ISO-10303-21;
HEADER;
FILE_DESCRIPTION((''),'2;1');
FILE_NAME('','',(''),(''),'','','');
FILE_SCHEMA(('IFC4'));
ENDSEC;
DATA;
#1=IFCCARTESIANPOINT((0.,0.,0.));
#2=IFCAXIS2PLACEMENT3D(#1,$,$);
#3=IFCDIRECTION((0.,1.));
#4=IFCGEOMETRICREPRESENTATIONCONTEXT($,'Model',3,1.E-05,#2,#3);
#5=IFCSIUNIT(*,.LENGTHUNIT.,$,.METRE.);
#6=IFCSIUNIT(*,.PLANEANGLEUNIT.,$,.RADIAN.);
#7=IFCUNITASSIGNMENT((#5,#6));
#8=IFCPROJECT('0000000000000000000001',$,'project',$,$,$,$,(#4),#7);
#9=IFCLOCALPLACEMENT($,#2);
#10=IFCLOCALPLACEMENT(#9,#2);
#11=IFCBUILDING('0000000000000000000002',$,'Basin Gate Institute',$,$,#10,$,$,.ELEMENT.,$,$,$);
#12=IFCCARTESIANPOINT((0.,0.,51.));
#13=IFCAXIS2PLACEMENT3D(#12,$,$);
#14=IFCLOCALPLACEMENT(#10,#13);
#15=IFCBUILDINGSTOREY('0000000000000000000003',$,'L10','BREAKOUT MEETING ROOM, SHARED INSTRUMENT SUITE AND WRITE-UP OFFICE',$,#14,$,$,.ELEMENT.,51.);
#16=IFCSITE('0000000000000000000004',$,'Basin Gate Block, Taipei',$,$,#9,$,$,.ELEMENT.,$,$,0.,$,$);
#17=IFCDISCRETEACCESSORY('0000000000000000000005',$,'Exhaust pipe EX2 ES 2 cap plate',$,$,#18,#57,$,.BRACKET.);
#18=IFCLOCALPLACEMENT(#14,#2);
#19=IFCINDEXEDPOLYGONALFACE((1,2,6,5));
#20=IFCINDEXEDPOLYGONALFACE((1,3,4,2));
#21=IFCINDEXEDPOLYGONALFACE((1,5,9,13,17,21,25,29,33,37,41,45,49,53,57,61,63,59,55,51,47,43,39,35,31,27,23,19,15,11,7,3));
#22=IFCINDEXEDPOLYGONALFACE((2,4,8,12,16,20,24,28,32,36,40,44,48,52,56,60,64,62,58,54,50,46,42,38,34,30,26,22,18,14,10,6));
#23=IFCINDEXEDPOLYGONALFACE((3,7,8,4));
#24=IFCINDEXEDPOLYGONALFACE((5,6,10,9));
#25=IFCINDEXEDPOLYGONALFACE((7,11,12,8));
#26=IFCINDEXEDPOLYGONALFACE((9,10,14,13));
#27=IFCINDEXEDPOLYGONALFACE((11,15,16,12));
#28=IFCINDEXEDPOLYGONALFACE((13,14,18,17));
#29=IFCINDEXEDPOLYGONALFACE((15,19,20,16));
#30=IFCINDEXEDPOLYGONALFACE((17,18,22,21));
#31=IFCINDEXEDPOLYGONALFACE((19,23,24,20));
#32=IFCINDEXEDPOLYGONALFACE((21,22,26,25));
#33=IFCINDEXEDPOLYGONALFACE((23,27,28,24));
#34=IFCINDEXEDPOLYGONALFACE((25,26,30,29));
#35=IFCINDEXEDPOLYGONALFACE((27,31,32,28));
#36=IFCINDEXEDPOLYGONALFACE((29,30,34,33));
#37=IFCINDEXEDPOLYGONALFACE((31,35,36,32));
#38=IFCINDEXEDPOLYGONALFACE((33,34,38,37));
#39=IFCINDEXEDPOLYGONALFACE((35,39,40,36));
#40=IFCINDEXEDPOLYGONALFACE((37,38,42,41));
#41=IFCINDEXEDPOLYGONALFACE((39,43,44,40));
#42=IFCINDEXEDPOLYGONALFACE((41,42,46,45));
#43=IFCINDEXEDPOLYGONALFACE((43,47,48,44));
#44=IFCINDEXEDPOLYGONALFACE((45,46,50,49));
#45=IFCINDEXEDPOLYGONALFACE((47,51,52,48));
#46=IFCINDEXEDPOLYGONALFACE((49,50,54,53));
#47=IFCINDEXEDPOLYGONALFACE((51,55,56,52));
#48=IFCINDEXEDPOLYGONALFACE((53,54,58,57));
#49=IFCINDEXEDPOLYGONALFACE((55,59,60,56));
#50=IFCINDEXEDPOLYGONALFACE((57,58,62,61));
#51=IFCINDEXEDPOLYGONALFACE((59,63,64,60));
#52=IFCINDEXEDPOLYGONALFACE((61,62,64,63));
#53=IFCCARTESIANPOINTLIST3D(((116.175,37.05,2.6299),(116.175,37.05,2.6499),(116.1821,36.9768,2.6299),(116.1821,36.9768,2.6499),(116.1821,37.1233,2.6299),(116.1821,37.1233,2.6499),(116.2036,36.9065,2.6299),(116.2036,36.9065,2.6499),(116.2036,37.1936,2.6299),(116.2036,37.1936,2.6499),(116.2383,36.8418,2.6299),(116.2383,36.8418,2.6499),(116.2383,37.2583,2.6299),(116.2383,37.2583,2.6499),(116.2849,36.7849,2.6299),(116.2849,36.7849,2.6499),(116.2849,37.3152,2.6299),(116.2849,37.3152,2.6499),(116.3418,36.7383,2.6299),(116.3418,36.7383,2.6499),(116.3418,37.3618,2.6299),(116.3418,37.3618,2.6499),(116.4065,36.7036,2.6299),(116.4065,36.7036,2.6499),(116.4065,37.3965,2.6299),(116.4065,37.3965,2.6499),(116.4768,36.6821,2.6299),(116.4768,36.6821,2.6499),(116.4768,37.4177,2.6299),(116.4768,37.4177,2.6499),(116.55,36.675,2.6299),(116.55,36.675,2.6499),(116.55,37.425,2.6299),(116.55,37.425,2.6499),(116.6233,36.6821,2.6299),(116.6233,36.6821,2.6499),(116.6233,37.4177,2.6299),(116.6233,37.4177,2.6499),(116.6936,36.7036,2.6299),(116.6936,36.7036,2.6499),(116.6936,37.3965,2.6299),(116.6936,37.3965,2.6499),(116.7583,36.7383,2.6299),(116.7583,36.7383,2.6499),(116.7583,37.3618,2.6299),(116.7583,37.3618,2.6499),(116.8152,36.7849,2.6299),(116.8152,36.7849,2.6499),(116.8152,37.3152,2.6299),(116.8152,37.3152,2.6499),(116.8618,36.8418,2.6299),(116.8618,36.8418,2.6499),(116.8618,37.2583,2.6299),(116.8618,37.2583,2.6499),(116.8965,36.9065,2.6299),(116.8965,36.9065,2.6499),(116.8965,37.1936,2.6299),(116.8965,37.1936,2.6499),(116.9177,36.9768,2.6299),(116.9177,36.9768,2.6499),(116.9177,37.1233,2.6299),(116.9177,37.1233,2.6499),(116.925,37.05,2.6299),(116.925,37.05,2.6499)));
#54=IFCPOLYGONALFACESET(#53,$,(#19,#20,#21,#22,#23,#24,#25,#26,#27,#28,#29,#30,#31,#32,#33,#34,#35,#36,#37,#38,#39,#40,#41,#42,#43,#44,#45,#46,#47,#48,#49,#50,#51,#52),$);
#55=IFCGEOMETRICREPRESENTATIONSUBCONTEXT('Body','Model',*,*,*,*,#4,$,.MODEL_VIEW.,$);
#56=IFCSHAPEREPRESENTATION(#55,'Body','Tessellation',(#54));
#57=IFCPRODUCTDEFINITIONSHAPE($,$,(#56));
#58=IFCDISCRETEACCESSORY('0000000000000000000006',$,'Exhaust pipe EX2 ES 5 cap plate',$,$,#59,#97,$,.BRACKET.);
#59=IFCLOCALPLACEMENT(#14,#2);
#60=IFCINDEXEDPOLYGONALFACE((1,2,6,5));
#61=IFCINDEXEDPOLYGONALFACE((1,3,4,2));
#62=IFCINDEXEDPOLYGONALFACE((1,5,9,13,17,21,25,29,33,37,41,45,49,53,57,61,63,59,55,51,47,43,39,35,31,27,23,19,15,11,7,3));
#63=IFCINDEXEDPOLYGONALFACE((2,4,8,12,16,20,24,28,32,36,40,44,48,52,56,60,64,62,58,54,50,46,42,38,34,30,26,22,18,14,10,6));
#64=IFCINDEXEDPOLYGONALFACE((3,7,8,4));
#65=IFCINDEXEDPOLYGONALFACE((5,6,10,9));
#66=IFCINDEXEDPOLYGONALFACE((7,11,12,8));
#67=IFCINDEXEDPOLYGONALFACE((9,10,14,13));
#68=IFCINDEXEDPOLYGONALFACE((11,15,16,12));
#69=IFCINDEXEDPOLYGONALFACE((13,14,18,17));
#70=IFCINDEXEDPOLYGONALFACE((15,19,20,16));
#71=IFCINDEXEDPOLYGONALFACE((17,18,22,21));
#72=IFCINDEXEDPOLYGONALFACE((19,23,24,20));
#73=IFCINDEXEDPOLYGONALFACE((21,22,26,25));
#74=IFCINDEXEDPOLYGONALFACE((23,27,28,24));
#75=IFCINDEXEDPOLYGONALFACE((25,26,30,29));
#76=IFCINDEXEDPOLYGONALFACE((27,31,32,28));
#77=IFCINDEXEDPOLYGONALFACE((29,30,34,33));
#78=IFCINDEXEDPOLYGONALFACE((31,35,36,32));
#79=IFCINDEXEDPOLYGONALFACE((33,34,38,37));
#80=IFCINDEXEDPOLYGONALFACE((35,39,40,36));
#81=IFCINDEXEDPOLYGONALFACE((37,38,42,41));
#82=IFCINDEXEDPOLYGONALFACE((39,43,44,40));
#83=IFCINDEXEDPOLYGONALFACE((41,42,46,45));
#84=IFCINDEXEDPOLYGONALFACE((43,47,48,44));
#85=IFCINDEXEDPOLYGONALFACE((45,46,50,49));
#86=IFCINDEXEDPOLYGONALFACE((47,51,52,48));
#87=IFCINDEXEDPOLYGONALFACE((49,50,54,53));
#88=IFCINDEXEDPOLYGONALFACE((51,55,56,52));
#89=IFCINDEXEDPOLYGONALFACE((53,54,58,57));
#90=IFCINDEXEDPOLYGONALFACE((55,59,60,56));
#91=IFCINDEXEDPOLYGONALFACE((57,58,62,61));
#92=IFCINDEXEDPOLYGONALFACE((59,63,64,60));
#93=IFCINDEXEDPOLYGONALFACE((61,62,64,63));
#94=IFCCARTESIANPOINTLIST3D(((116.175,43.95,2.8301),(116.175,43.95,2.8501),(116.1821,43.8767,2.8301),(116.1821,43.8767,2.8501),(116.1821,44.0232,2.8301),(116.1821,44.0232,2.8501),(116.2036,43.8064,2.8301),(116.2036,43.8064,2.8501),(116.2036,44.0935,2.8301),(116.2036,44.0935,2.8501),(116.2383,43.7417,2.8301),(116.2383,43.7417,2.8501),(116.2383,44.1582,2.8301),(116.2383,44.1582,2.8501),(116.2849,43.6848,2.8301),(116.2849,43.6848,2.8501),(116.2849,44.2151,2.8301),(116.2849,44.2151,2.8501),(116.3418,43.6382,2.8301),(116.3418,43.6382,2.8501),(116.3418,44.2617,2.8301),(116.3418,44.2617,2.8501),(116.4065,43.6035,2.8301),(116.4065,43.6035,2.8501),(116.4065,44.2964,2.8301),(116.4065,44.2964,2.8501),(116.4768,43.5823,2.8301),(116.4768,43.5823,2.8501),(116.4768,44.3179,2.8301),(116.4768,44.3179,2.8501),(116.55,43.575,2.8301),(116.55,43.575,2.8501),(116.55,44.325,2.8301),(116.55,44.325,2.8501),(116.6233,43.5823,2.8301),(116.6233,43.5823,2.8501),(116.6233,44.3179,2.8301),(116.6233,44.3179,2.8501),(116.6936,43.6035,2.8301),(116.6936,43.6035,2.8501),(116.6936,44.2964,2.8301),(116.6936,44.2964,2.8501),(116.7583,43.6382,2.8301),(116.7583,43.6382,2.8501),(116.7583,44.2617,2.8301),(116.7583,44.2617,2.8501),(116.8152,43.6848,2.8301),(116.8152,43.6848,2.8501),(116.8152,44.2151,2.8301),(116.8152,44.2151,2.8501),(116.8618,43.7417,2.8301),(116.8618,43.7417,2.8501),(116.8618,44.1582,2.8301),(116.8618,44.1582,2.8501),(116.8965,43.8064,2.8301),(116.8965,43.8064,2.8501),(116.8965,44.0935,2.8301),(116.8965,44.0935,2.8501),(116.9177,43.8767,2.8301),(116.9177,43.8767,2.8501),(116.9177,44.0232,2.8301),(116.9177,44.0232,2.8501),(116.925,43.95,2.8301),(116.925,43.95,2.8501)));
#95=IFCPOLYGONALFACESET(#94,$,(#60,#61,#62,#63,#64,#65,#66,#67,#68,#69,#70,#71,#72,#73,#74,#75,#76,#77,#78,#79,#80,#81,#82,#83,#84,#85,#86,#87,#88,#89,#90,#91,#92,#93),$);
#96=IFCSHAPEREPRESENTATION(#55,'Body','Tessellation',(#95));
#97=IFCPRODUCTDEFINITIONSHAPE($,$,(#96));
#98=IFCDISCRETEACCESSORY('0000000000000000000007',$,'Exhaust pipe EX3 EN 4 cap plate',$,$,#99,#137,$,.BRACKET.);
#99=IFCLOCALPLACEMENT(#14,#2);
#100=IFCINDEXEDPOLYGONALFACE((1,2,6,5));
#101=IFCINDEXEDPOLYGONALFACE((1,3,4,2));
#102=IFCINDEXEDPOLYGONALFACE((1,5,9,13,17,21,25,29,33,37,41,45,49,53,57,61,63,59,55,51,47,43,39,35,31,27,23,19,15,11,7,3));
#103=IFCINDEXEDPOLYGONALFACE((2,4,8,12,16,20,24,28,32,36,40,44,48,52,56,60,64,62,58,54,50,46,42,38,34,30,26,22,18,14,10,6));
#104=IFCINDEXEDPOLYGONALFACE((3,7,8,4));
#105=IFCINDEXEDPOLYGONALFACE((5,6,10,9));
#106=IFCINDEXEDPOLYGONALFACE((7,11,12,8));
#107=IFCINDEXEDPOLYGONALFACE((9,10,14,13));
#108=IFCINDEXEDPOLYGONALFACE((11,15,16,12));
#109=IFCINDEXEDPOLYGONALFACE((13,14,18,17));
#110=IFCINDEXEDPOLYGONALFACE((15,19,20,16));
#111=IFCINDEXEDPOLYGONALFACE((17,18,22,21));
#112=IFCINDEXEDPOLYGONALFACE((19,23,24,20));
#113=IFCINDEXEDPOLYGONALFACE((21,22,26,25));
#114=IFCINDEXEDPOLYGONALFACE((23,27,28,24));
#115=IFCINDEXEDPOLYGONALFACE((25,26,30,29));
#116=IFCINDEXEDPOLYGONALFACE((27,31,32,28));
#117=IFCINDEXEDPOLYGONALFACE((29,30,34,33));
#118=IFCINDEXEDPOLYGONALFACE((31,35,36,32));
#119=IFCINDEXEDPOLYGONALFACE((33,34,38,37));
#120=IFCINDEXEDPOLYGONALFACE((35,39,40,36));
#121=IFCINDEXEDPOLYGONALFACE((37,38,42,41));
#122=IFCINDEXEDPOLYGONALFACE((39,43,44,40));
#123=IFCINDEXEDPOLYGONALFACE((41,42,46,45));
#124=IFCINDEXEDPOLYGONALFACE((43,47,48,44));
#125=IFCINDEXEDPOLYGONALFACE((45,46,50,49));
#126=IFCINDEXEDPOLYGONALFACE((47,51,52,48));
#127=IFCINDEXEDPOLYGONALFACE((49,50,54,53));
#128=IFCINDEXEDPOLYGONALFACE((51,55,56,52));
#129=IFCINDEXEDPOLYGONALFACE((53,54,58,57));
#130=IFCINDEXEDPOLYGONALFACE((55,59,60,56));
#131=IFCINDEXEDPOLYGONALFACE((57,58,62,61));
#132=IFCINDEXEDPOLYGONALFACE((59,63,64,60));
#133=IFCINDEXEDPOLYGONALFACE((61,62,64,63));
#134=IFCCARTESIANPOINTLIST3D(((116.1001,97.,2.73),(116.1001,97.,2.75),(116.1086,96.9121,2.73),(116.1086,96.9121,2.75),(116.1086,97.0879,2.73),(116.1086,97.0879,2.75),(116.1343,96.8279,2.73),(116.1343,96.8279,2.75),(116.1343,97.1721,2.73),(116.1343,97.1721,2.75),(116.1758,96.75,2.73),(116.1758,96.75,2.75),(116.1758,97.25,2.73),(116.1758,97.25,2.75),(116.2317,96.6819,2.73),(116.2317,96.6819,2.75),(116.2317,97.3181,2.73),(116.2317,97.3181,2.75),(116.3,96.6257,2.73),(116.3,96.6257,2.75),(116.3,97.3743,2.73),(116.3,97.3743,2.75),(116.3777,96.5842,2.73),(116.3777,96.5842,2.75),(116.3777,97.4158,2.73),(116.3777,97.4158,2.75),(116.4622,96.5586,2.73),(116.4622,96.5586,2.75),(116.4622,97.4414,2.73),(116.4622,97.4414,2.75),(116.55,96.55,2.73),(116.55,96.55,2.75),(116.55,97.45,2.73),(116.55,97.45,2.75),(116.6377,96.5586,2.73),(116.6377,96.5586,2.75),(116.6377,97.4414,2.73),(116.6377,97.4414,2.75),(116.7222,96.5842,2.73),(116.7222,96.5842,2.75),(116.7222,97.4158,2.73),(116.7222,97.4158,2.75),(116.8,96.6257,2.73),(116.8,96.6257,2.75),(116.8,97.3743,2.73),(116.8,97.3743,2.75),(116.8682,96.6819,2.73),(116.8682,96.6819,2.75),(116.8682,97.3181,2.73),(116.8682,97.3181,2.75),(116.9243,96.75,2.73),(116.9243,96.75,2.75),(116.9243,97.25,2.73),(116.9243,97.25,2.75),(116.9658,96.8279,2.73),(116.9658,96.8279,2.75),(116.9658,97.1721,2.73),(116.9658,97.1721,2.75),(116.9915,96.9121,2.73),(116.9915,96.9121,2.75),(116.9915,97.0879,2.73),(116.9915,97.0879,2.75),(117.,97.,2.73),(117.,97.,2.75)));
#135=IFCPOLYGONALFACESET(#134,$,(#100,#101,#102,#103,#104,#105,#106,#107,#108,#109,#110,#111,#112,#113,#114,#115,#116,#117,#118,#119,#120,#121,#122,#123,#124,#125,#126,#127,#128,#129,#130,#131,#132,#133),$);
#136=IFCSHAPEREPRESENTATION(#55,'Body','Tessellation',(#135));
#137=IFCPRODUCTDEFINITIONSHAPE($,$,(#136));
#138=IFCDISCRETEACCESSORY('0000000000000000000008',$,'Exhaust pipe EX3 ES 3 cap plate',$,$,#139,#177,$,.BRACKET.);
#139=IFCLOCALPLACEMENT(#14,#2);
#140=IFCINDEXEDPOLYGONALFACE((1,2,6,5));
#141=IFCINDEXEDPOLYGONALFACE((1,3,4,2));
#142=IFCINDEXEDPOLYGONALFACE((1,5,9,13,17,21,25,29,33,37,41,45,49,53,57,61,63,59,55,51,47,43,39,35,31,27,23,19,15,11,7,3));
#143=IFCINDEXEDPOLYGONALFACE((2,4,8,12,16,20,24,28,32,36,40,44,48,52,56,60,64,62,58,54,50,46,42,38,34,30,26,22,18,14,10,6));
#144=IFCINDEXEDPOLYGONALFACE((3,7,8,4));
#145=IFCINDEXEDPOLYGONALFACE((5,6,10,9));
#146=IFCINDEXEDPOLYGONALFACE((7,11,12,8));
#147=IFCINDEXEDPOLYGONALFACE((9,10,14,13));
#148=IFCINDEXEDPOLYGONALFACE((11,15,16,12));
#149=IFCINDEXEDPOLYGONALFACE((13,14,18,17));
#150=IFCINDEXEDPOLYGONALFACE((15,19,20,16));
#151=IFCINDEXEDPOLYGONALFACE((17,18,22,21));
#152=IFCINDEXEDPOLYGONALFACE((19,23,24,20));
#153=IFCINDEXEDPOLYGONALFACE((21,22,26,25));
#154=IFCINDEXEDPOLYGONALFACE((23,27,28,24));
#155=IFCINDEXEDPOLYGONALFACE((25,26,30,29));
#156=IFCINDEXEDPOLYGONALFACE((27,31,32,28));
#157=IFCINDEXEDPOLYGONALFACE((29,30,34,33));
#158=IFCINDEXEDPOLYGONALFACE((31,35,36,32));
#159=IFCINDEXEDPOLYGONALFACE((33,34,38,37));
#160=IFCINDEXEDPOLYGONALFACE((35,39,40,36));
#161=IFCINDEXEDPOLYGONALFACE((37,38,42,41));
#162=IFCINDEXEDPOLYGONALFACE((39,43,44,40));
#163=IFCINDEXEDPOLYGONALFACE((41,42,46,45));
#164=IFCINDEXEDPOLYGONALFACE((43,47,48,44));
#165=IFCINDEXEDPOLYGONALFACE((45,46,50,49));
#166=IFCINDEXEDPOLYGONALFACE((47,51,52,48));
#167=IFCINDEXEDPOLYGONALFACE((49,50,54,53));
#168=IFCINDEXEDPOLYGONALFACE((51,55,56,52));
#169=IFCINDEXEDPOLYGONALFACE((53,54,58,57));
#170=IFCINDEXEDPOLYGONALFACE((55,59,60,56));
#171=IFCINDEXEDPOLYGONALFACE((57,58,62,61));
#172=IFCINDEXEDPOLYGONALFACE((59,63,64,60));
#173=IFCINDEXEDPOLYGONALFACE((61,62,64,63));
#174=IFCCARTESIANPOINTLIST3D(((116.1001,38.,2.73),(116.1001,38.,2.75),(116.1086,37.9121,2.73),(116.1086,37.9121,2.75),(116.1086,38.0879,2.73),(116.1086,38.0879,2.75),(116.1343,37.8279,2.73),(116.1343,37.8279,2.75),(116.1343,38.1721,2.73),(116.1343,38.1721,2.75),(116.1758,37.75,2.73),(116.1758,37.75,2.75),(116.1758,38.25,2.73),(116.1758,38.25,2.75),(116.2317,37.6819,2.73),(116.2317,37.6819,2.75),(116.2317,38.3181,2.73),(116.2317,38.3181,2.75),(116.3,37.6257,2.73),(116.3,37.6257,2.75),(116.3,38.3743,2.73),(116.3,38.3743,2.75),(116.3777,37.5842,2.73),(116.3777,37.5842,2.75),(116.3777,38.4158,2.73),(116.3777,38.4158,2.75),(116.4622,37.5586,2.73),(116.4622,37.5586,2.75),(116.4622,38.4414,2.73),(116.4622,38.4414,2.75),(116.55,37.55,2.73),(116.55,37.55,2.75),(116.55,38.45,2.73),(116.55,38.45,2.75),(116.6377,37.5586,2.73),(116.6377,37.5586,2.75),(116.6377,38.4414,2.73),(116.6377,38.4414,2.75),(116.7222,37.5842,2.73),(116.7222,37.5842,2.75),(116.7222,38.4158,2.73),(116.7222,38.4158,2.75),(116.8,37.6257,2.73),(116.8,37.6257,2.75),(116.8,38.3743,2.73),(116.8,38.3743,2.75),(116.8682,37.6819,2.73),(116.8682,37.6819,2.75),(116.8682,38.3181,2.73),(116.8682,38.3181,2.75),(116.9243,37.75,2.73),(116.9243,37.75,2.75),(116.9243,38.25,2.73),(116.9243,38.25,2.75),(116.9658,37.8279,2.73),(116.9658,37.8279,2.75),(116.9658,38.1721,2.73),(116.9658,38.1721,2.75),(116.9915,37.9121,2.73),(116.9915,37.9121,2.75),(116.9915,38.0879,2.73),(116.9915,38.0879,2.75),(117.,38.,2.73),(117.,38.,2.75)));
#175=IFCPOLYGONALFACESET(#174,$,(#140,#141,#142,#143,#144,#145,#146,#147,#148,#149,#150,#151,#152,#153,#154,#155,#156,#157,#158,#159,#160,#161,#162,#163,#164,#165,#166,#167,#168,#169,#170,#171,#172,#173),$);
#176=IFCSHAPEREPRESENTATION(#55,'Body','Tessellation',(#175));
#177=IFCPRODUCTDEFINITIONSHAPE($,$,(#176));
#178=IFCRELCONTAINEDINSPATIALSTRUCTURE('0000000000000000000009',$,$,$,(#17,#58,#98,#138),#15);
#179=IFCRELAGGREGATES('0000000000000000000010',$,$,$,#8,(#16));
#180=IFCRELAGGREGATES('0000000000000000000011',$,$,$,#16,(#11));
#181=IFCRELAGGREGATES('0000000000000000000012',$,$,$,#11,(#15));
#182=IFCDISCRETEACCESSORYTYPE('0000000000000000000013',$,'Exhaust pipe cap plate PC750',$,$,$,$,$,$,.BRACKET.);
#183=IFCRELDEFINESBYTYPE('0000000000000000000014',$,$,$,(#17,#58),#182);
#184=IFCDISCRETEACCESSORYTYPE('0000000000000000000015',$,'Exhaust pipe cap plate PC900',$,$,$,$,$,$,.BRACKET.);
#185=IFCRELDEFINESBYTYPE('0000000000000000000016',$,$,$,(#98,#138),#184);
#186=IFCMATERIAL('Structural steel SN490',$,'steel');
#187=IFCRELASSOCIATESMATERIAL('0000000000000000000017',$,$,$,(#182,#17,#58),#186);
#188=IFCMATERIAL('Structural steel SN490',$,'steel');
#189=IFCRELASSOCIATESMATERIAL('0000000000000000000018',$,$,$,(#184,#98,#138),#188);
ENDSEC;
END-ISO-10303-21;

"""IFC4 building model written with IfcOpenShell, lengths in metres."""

from ifc_helpers import new_model, si_unit, direction, frame, origin, place, context, subcontext, project, spatial, polyline, outline, extrude, material, type_object, element, save


model = new_model("IFC4")

# Units and contexts
model_context = context("Model", 3, precision=1e-05, world=origin(), true_north=direction((0.0, 1.0)))
body_context = subcontext(model_context, "Body", "Model", "MODEL_VIEW")
ifc_project = project(units=[si_unit("LENGTHUNIT", "METRE"), si_unit("PLANEANGLEUNIT", "RADIAN")], contexts=[model_context])

# Site, building, storey
site_placement = place(None, origin())
site = spatial("IfcSite", under=ifc_project, at=site_placement, Name="Basin Gate Block, Taipei", CompositionType="ELEMENT", RefElevation=0.0)
building_placement = place(site_placement, origin())
building = spatial("IfcBuilding", under=site, at=building_placement, Name="Basin Gate Institute", CompositionType="ELEMENT")
storey_placement = place(building_placement, frame((0.0, 0.0, 51.0)))
storey = spatial("IfcBuildingStorey", under=building, at=storey_placement, Name="L10", Description="BREAKOUT MEETING ROOM, SHARED INSTRUMENT SUITE AND WRITE-UP OFFICE", CompositionType="ELEMENT", Elevation=51.0)

# Discrete accessories
ifc_material_1 = material(Name="Structural steel SN490", Category="steel")
discrete_accessory_type_1 = type_object("IfcDiscreteAccessoryType", Name="Exhaust pipe cap plate PC750", PredefinedType="BRACKET", material=ifc_material_1)
discrete_accessory_1_placement = place(storey_placement, frame((0.0, 0.0, 2.6299)))
element("IfcDiscreteAccessory", 1, at=discrete_accessory_1_placement, inside=storey, type_object=discrete_accessory_type_1, material=ifc_material_1, Name="Exhaust pipe EX2 ES 2 cap plate", PredefinedType="BRACKET", context=body_context, shape_type="SweptSolid", body=[
    extrude(outline(polyline([(116.925, 37.05), (116.9177, 37.1233), (116.8965, 37.1936), (116.8618, 37.2583), (116.8152, 37.3152), (116.7583, 37.3618), (116.6936, 37.3965), (116.6233, 37.4177), (116.55, 37.425), (116.4768, 37.4177), (116.4065, 37.3965), (116.3418, 37.3618), (116.2849, 37.3152), (116.2383, 37.2583), (116.2036, 37.1936), (116.1821, 37.1233), (116.175, 37.05), (116.1821, 36.9768), (116.2036, 36.9065), (116.2383, 36.8418), (116.2849, 36.7849), (116.3418, 36.7383), (116.4065, 36.7036), (116.4768, 36.6821), (116.55, 36.675), (116.6233, 36.6821), (116.6936, 36.7036), (116.7583, 36.7383), (116.8152, 36.7849), (116.8618, 36.8418), (116.8965, 36.9065), (116.9177, 36.9768), (116.925, 37.05)])), origin(), (0.0, 0.0, 1.0), 0.02),
])
discrete_accessory_2_placement = place(storey_placement, frame((0.0, 0.0, 2.8301)))
element("IfcDiscreteAccessory", 2, at=discrete_accessory_2_placement, inside=storey, type_object=discrete_accessory_type_1, material=ifc_material_1, Name="Exhaust pipe EX2 ES 5 cap plate", PredefinedType="BRACKET", context=body_context, shape_type="SweptSolid", body=[
    extrude(outline(polyline([(116.925, 43.95), (116.9177, 44.0232), (116.8965, 44.0935), (116.8618, 44.1582), (116.8152, 44.2151), (116.7583, 44.2617), (116.6936, 44.2964), (116.6233, 44.3179), (116.55, 44.325), (116.4768, 44.3179), (116.4065, 44.2964), (116.3418, 44.2617), (116.2849, 44.2151), (116.2383, 44.1582), (116.2036, 44.0935), (116.1821, 44.0232), (116.175, 43.95), (116.1821, 43.8767), (116.2036, 43.8064), (116.2383, 43.7417), (116.2849, 43.6848), (116.3418, 43.6382), (116.4065, 43.6035), (116.4768, 43.5823), (116.55, 43.575), (116.6233, 43.5823), (116.6936, 43.6035), (116.7583, 43.6382), (116.8152, 43.6848), (116.8618, 43.7417), (116.8965, 43.8064), (116.9177, 43.8767), (116.925, 43.95)])), origin(), (0.0, 0.0, 1.0), 0.02),
])
ifc_material_2 = material(Name="Structural steel SN490", Category="steel")
discrete_accessory_type_2 = type_object("IfcDiscreteAccessoryType", Name="Exhaust pipe cap plate PC900", PredefinedType="BRACKET", material=ifc_material_2)
discrete_accessory_3_placement = place(storey_placement, frame((0.0, 0.0, 2.73)))
element("IfcDiscreteAccessory", 3, at=discrete_accessory_3_placement, inside=storey, type_object=discrete_accessory_type_2, material=ifc_material_2, Name="Exhaust pipe EX3 EN 4 cap plate", PredefinedType="BRACKET", context=body_context, shape_type="SweptSolid", body=[
    extrude(outline(polyline([(117.0, 97.0), (116.9915, 97.0879), (116.9658, 97.1721), (116.9243, 97.25), (116.8682, 97.3181), (116.8, 97.3743), (116.7222, 97.4158), (116.6377, 97.4414), (116.55, 97.45), (116.4622, 97.4414), (116.3777, 97.4158), (116.3, 97.3743), (116.2317, 97.3181), (116.1758, 97.25), (116.1343, 97.1721), (116.1086, 97.0879), (116.1001, 97.0), (116.1086, 96.9121), (116.1343, 96.8279), (116.1758, 96.75), (116.2317, 96.6819), (116.3, 96.6257), (116.3777, 96.5842), (116.4622, 96.5586), (116.55, 96.55), (116.6377, 96.5586), (116.7222, 96.5842), (116.8, 96.6257), (116.8682, 96.6819), (116.9243, 96.75), (116.9658, 96.8279), (116.9915, 96.9121), (117.0, 97.0)])), origin(), (0.0, 0.0, 1.0), 0.02),
])
discrete_accessory_4_placement = place(storey_placement, frame((0.0, 0.0, 2.73)))
element("IfcDiscreteAccessory", 4, at=discrete_accessory_4_placement, inside=storey, type_object=discrete_accessory_type_2, material=ifc_material_2, Name="Exhaust pipe EX3 ES 3 cap plate", PredefinedType="BRACKET", context=body_context, shape_type="SweptSolid", body=[
    extrude(outline(polyline([(117.0, 38.0), (116.9915, 38.0879), (116.9658, 38.1721), (116.9243, 38.25), (116.8682, 38.3181), (116.8, 38.3743), (116.7222, 38.4158), (116.6377, 38.4414), (116.55, 38.45), (116.4622, 38.4414), (116.3777, 38.4158), (116.3, 38.3743), (116.2317, 38.3181), (116.1758, 38.25), (116.1343, 38.1721), (116.1086, 38.0879), (116.1001, 38.0), (116.1086, 37.9121), (116.1343, 37.8279), (116.1758, 37.75), (116.2317, 37.6819), (116.3, 37.6257), (116.3777, 37.5842), (116.4622, 37.5586), (116.55, 37.55), (116.6377, 37.5586), (116.7222, 37.5842), (116.8, 37.6257), (116.8682, 37.6819), (116.9243, 37.75), (116.9658, 37.8279), (116.9915, 37.9121), (117.0, 38.0)])), origin(), (0.0, 0.0, 1.0), 0.02),
])

save(model, "model.ifc")
